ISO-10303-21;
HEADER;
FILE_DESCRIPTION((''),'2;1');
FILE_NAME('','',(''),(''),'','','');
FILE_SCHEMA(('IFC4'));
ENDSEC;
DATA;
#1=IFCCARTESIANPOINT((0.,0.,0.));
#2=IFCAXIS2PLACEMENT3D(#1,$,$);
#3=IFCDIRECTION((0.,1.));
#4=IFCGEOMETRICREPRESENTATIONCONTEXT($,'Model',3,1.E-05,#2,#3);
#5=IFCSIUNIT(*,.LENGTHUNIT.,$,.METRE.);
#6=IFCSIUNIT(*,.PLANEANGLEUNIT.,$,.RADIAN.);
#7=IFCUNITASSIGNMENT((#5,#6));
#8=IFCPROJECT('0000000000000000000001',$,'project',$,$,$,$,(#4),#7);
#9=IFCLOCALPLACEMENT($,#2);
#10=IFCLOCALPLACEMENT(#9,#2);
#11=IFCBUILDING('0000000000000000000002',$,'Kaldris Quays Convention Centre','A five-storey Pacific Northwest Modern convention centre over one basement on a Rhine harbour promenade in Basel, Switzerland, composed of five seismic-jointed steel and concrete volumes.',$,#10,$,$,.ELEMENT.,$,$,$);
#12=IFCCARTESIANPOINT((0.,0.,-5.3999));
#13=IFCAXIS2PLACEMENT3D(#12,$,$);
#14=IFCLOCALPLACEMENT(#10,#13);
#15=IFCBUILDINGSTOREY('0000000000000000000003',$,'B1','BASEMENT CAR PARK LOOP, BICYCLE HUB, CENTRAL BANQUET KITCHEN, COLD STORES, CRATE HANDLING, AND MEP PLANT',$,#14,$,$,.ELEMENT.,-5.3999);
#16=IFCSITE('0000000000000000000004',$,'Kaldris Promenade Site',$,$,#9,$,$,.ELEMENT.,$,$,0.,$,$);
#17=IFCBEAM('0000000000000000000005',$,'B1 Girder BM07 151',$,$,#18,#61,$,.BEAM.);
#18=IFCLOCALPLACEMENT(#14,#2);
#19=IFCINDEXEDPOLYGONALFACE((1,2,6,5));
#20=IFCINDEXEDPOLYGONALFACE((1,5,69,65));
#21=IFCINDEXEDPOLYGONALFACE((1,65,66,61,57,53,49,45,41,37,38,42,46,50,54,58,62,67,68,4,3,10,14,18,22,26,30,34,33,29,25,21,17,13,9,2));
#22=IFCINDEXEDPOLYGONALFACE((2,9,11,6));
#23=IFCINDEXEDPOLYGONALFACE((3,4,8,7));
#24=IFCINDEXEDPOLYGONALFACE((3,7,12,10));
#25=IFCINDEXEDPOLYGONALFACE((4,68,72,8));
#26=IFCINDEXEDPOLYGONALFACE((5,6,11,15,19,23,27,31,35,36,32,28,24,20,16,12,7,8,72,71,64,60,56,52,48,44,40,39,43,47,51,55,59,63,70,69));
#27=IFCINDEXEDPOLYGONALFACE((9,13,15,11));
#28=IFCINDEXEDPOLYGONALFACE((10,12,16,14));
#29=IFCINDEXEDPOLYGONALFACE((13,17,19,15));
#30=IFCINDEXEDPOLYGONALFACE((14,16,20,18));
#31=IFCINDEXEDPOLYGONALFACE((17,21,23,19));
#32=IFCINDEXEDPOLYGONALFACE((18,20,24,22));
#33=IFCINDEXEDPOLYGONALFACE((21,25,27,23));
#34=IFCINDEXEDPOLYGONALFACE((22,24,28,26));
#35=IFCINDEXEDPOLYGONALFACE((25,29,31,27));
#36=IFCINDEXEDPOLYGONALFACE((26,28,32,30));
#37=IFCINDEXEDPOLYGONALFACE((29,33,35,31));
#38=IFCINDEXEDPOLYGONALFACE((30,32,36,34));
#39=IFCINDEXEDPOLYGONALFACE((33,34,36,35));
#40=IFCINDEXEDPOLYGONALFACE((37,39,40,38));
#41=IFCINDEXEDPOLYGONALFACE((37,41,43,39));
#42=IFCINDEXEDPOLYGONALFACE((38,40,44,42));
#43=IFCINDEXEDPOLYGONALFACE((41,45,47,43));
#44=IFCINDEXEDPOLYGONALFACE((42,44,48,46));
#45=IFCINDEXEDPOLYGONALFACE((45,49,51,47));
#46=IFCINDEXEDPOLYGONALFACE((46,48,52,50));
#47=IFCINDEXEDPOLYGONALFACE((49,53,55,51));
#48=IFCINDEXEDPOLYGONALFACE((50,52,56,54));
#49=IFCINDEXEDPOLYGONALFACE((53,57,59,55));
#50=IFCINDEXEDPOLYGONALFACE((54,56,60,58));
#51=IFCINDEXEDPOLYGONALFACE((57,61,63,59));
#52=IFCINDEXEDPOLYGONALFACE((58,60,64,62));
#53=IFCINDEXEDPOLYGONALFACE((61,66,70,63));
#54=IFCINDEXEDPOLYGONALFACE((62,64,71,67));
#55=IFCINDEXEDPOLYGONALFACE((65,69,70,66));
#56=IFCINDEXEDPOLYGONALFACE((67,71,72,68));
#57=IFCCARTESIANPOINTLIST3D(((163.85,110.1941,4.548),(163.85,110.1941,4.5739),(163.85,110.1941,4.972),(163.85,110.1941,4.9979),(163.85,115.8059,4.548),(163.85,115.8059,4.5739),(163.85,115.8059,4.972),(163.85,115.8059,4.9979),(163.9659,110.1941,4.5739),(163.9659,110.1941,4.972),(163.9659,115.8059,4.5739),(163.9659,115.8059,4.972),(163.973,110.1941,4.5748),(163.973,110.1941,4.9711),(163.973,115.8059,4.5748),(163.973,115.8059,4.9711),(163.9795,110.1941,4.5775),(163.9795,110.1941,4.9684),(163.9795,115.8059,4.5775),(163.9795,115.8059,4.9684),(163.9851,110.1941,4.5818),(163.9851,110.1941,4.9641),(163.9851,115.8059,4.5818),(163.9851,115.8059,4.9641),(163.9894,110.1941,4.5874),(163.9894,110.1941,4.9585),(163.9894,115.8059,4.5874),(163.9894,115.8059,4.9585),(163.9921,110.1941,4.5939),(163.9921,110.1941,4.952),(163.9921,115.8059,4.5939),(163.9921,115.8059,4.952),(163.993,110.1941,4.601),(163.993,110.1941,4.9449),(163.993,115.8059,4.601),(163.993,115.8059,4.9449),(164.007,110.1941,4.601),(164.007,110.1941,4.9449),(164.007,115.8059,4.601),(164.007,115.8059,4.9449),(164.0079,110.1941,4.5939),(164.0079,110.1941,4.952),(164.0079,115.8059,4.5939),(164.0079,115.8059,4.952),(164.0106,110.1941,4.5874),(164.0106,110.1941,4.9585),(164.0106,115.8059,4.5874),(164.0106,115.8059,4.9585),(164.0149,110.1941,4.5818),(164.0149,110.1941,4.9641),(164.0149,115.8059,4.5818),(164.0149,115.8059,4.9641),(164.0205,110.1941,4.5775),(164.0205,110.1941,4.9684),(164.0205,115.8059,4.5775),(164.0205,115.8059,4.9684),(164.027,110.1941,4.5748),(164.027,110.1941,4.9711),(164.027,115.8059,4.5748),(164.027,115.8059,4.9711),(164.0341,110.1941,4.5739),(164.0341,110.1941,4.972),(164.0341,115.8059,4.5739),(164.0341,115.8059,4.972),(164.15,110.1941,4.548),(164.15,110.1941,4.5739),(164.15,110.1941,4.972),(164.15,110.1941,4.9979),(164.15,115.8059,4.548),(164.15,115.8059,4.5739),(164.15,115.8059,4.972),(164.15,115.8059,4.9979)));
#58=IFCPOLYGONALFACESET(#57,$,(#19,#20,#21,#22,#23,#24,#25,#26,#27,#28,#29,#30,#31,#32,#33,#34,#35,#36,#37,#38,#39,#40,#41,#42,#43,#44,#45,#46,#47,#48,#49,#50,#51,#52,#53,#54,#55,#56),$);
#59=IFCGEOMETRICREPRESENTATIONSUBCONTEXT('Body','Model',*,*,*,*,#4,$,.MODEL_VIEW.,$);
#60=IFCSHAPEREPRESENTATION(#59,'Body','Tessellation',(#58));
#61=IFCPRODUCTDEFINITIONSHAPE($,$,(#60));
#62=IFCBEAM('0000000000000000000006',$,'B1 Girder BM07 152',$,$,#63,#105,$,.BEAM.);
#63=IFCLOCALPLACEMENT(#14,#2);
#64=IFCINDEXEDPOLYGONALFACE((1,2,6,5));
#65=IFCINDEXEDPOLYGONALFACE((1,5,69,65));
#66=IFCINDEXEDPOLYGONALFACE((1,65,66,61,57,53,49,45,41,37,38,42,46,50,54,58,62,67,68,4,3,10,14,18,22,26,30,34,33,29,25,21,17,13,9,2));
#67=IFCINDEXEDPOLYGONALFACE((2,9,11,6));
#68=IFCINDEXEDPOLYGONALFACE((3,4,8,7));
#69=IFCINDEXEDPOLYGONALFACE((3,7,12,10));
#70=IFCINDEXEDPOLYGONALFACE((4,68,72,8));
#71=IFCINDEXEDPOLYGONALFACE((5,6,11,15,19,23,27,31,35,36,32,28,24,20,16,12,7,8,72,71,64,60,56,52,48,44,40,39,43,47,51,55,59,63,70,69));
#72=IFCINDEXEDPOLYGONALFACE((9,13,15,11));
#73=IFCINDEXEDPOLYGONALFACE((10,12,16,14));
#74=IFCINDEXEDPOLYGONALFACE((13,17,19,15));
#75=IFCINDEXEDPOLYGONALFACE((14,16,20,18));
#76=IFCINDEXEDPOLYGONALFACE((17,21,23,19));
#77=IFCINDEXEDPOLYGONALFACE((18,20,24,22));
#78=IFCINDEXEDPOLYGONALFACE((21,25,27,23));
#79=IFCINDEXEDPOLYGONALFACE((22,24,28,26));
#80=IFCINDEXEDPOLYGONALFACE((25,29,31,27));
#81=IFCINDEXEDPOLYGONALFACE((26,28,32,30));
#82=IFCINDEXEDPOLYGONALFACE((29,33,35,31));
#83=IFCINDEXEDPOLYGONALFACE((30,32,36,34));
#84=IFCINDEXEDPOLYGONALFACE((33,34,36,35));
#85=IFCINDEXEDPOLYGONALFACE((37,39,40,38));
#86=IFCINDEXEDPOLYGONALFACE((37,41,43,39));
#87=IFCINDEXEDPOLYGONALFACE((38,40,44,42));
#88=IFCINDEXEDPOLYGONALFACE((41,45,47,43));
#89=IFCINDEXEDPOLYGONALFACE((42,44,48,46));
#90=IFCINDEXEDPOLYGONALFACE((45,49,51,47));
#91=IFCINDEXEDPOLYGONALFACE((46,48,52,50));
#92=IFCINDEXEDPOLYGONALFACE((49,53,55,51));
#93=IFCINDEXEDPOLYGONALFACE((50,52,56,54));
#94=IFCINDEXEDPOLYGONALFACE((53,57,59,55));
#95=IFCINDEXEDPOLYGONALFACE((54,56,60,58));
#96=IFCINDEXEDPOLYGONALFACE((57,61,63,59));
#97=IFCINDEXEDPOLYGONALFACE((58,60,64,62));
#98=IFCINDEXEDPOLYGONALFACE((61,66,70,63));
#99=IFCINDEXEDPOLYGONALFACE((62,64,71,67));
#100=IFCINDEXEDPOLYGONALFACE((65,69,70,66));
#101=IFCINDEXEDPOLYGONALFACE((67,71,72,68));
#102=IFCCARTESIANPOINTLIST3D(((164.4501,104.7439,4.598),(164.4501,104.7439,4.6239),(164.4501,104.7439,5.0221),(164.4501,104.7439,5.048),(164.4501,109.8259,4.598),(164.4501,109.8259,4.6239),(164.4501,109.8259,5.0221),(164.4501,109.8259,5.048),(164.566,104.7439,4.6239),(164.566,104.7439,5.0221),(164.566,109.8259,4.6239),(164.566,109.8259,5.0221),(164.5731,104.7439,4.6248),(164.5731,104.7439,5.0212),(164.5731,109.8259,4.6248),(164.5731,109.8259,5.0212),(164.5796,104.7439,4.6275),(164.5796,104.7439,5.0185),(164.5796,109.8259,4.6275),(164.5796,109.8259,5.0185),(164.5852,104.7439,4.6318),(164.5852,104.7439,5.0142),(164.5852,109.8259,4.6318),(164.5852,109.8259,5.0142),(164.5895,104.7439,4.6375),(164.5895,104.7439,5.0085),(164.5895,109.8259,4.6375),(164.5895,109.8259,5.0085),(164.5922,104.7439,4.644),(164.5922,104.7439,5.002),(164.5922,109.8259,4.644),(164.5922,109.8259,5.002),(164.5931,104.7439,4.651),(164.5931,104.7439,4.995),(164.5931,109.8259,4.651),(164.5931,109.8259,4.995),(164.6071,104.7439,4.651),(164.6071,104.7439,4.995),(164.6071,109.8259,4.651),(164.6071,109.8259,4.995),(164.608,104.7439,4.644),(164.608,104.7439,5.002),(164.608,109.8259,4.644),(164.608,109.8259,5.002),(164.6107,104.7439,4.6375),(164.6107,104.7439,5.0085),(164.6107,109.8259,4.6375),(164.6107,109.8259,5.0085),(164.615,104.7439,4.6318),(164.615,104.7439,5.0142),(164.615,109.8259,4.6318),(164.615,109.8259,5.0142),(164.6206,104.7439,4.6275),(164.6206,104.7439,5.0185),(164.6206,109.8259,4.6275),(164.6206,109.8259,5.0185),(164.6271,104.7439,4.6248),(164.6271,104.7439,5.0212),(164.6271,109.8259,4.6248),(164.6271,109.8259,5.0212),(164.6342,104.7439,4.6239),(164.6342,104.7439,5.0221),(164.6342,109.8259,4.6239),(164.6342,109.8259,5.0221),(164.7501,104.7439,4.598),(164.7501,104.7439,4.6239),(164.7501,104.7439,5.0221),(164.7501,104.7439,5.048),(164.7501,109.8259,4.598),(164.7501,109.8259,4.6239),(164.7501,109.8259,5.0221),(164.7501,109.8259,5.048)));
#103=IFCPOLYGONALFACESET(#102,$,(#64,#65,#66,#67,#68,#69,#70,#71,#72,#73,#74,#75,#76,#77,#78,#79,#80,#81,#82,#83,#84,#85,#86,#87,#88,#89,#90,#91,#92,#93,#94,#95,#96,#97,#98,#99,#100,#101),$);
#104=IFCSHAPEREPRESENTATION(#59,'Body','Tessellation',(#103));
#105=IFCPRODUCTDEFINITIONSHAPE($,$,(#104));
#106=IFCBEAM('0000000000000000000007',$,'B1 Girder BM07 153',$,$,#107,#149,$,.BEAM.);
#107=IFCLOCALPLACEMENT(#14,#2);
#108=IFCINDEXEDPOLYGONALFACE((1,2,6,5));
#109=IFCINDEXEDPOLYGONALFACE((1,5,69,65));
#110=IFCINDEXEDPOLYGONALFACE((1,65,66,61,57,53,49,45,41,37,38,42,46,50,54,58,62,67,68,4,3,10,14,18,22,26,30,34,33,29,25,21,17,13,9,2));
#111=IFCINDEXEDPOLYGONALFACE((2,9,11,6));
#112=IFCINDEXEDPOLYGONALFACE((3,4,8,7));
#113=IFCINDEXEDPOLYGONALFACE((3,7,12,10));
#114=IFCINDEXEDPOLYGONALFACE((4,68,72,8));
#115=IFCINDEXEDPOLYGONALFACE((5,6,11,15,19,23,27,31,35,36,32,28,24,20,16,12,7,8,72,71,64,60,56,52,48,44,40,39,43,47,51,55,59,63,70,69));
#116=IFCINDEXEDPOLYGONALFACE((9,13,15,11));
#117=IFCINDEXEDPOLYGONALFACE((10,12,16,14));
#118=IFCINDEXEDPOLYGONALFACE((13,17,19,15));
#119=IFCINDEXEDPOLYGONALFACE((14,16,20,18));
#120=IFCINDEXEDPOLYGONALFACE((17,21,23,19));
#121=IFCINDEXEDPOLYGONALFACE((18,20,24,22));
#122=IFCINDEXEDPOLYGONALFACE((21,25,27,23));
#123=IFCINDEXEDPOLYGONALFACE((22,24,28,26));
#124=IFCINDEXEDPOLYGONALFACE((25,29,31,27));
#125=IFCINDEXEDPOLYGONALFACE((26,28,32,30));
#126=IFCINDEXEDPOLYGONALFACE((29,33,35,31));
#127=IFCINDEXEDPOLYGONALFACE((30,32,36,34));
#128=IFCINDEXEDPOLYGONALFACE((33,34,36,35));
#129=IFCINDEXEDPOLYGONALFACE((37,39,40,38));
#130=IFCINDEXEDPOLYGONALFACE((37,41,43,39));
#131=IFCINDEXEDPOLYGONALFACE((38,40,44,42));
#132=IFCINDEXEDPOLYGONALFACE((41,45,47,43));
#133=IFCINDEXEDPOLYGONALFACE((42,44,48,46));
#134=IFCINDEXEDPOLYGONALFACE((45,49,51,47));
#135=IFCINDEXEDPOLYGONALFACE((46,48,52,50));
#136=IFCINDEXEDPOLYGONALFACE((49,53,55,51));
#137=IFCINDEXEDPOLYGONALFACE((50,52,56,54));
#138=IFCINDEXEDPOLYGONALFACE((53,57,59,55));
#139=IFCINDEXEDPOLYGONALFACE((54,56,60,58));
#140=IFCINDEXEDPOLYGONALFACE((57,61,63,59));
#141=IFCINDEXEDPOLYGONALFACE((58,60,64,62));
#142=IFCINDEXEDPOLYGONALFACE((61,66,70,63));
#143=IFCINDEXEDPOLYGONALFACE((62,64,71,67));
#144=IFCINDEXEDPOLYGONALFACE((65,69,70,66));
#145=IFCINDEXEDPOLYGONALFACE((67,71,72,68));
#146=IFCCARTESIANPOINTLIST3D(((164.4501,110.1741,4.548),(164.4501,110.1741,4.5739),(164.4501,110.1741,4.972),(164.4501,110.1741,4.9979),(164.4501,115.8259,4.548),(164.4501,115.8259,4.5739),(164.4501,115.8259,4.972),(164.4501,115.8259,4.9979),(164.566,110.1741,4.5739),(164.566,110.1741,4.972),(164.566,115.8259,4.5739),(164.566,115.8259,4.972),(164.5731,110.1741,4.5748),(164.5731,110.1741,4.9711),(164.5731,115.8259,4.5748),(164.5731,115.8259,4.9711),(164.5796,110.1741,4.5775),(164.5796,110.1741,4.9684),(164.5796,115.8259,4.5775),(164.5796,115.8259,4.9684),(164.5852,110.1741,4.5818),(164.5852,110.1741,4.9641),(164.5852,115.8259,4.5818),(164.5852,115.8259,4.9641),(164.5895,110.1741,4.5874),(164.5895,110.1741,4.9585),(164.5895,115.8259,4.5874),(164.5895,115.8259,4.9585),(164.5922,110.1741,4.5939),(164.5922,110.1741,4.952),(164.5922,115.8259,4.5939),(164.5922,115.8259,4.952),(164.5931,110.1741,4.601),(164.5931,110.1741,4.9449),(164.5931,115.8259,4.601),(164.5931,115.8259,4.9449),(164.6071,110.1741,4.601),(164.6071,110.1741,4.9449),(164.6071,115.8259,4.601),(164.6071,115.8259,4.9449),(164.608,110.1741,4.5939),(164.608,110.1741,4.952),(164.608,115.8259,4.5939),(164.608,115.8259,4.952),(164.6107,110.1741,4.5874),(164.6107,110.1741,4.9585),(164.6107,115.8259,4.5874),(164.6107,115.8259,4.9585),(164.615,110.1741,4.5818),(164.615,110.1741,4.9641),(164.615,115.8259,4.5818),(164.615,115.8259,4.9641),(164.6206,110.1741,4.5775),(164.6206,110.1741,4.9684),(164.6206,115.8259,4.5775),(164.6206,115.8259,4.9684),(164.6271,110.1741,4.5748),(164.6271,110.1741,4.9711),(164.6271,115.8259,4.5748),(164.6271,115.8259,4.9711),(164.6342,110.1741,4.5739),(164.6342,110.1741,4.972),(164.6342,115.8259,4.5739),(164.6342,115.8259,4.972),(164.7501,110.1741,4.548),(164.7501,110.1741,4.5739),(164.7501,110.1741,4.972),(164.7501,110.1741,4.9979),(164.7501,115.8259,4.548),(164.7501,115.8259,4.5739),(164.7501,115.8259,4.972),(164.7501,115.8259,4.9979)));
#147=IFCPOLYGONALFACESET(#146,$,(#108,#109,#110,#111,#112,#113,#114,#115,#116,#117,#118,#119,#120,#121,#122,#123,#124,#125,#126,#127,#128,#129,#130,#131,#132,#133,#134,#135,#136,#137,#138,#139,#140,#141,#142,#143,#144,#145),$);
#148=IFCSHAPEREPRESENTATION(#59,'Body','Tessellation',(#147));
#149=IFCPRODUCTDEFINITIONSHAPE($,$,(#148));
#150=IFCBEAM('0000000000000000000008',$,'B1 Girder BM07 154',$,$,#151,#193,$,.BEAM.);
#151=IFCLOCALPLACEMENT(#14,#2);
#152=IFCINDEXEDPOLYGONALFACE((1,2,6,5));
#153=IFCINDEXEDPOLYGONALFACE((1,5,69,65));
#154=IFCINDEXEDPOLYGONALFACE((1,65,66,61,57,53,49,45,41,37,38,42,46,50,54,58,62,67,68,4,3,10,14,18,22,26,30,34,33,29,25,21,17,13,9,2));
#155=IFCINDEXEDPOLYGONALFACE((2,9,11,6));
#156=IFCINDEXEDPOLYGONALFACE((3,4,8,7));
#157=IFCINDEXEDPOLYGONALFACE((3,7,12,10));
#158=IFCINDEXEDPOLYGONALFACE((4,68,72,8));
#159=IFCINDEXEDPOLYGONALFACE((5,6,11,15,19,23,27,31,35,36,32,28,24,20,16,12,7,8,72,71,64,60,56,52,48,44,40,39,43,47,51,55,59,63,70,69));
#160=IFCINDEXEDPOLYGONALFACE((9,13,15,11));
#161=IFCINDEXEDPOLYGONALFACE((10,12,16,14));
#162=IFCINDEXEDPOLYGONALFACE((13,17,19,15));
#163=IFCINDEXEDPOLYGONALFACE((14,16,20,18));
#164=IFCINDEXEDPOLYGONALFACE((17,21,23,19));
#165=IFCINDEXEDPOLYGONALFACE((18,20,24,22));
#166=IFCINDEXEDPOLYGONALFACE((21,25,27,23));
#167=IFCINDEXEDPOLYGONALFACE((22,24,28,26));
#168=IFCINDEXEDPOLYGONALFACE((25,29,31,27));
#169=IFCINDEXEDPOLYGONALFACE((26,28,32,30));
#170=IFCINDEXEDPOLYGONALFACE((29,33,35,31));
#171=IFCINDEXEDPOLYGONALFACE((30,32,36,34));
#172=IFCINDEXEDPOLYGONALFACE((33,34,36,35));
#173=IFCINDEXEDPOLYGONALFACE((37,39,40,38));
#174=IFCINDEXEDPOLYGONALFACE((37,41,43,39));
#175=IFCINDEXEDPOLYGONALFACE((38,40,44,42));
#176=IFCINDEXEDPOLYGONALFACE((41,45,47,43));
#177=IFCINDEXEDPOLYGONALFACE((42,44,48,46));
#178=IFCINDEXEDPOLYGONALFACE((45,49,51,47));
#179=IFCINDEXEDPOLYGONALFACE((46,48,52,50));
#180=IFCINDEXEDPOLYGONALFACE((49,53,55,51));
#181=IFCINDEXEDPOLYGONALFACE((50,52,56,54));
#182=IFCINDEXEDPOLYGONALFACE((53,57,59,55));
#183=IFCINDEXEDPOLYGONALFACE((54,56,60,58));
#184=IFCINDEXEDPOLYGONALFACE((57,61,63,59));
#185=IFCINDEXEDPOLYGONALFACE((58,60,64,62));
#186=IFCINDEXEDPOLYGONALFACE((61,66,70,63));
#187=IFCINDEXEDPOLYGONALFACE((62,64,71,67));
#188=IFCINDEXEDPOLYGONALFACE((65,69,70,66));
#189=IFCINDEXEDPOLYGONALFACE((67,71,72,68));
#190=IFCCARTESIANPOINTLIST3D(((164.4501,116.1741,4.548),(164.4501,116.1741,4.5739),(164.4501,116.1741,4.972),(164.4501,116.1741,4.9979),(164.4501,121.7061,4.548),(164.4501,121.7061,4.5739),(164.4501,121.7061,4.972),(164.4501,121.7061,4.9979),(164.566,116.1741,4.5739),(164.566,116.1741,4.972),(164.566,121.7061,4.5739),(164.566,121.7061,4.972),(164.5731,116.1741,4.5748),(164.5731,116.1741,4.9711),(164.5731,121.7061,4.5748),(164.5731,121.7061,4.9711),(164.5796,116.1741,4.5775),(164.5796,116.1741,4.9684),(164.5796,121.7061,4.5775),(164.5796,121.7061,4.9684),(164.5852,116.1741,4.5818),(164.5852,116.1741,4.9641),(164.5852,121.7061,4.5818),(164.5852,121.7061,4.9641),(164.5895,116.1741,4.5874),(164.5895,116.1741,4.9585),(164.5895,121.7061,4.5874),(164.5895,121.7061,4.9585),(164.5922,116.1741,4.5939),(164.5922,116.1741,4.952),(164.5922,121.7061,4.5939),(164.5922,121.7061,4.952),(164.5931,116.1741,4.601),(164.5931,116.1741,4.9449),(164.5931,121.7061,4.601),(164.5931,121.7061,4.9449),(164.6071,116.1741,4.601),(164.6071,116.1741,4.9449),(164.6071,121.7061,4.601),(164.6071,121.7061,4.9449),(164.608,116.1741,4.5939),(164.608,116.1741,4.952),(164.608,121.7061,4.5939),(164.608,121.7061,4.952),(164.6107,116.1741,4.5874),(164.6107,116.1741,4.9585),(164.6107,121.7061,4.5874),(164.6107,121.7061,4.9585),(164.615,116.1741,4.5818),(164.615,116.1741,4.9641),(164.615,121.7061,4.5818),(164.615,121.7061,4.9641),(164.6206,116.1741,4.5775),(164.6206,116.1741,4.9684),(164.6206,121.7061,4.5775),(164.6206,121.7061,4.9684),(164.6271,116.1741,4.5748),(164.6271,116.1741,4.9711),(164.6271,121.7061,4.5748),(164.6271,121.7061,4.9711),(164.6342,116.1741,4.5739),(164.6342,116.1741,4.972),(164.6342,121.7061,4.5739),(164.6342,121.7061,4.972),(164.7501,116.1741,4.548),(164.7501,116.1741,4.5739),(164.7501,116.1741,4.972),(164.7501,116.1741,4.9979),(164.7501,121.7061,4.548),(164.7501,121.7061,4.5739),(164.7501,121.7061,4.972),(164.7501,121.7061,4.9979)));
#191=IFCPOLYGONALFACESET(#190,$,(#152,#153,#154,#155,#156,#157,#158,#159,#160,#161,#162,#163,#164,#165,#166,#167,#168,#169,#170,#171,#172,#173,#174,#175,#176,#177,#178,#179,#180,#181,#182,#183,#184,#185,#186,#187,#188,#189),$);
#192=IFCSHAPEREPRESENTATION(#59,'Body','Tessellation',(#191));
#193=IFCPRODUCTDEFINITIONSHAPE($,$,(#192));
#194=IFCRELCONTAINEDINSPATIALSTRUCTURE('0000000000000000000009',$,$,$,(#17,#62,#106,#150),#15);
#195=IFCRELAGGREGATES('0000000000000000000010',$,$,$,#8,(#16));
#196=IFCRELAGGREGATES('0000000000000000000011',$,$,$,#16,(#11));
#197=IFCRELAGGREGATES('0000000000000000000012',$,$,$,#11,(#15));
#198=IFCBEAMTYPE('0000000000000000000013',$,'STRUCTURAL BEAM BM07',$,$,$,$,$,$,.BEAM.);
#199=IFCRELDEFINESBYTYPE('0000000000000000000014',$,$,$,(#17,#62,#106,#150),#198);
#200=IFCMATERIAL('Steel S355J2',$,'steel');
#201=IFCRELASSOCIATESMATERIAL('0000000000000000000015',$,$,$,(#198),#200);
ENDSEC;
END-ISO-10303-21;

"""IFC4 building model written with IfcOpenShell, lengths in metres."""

from ifc_helpers import new_model, si_unit, direction, frame, origin, origin_2d, place, context, subcontext, project, spatial, i_section, extrude, material, material_profile, profile_set, type_object, element, save


model = new_model("IFC4")

# Units and contexts
model_context = context("Model", 3, precision=1e-05, world=origin(), true_north=direction((0.0, 1.0)))
body_context = subcontext(model_context, "Body", "Model", "MODEL_VIEW")
ifc_project = project(units=[si_unit("LENGTHUNIT", "METRE"), si_unit("PLANEANGLEUNIT", "RADIAN")], contexts=[model_context])

# Site, building, storey
site_placement = place(None, origin())
site = spatial("IfcSite", under=ifc_project, at=site_placement, Name="Kaldris Promenade Site", CompositionType="ELEMENT", RefElevation=0.0)
building_placement = place(site_placement, origin())
building = spatial("IfcBuilding", under=site, at=building_placement, Name="Kaldris Quays Convention Centre", Description="A five-storey Pacific Northwest Modern convention centre over one basement on a Rhine harbour promenade in Basel, Switzerland, composed of five seismic-jointed steel and concrete volumes.", CompositionType="ELEMENT")
storey_placement = place(building_placement, frame((0.0, 0.0, -5.3999)))
storey = spatial("IfcBuildingStorey", under=building, at=storey_placement, Name="B1", Description="BASEMENT CAR PARK LOOP, BICYCLE HUB, CENTRAL BANQUET KITCHEN, COLD STORES, CRATE HANDLING, AND MEP PLANT", CompositionType="ELEMENT", Elevation=-5.3999)

# Shared definitions
ifc_material_1 = material(Name="Steel S355J2", Category="steel")

# Beams
ifc_material_profile_1 = material_profile(ifc_material_1, i_section(OverallWidth=0.3, OverallDepth=0.45, WebThickness=0.0139, FlangeThickness=0.0259, FilletRadius=0.0271, at=origin_2d()), Name="HEB 450")
ifc_profile_set_1 = profile_set([ifc_material_profile_1], Name="Steel S355J2")
beam_type_1 = type_object("IfcBeamType", Name="STRUCTURAL BEAM BM07", PredefinedType="BEAM", material=ifc_profile_set_1)
for number, where, z_axis, x_axis, name in (
    (1, (164.0, 110.1941, 4.7729), (0.0, 1.0, 0.0), (-1.0, 0.0, 0.0), "B1 Girder BM07 151"),
):
    element("IfcBeam", number, at=place(storey_placement, frame(where, z_axis=z_axis, x_axis=x_axis)), inside=storey, type_object=beam_type_1, Name=name, PredefinedType="BEAM", context=body_context, shape_type="SweptSolid", body=[
        extrude(i_section(OverallWidth=0.3, OverallDepth=0.45, WebThickness=0.0139, FlangeThickness=0.0259, FilletRadius=0.0271, at=origin_2d()), origin(), (0.0, 0.0, 1.0), 5.6118),
    ])
beam_1_placement = place(storey_placement, frame((164.6001, 104.7439, 4.823), z_axis=(0.0, 1.0, 0.0), x_axis=(-1.0, 0.0, 0.0)))
element("IfcBeam", 2, at=beam_1_placement, inside=storey, type_object=beam_type_1, Name="B1 Girder BM07 152", PredefinedType="BEAM", context=body_context, shape_type="SweptSolid", body=[
    extrude(i_section(OverallWidth=0.3, OverallDepth=0.45, WebThickness=0.0139, FlangeThickness=0.0259, FilletRadius=0.0271, at=origin_2d()), origin(), (0.0, 0.0, 1.0), 5.082),
])
beam_2_placement = place(storey_placement, frame((164.6001, 110.1741, 4.7729), z_axis=(0.0, 1.0, 0.0), x_axis=(-1.0, 0.0, 0.0)))
element("IfcBeam", 3, at=beam_2_placement, inside=storey, type_object=beam_type_1, Name="B1 Girder BM07 153", PredefinedType="BEAM", context=body_context, shape_type="SweptSolid", body=[
    extrude(i_section(OverallWidth=0.3, OverallDepth=0.45, WebThickness=0.0139, FlangeThickness=0.0259, FilletRadius=0.0271, at=origin_2d()), origin(), (0.0, 0.0, 1.0), 5.6519),
])
beam_3_placement = place(storey_placement, frame((164.6001, 116.1741, 4.7729), z_axis=(0.0, 1.0, 0.0), x_axis=(-1.0, 0.0, 0.0)))
element("IfcBeam", 4, at=beam_3_placement, inside=storey, type_object=beam_type_1, Name="B1 Girder BM07 154", PredefinedType="BEAM", context=body_context, shape_type="SweptSolid", body=[
    extrude(i_section(OverallWidth=0.3, OverallDepth=0.45, WebThickness=0.0139, FlangeThickness=0.0259, FilletRadius=0.0271, at=origin_2d()), origin(), (0.0, 0.0, 1.0), 5.532),
])

save(model, "model.ifc")
